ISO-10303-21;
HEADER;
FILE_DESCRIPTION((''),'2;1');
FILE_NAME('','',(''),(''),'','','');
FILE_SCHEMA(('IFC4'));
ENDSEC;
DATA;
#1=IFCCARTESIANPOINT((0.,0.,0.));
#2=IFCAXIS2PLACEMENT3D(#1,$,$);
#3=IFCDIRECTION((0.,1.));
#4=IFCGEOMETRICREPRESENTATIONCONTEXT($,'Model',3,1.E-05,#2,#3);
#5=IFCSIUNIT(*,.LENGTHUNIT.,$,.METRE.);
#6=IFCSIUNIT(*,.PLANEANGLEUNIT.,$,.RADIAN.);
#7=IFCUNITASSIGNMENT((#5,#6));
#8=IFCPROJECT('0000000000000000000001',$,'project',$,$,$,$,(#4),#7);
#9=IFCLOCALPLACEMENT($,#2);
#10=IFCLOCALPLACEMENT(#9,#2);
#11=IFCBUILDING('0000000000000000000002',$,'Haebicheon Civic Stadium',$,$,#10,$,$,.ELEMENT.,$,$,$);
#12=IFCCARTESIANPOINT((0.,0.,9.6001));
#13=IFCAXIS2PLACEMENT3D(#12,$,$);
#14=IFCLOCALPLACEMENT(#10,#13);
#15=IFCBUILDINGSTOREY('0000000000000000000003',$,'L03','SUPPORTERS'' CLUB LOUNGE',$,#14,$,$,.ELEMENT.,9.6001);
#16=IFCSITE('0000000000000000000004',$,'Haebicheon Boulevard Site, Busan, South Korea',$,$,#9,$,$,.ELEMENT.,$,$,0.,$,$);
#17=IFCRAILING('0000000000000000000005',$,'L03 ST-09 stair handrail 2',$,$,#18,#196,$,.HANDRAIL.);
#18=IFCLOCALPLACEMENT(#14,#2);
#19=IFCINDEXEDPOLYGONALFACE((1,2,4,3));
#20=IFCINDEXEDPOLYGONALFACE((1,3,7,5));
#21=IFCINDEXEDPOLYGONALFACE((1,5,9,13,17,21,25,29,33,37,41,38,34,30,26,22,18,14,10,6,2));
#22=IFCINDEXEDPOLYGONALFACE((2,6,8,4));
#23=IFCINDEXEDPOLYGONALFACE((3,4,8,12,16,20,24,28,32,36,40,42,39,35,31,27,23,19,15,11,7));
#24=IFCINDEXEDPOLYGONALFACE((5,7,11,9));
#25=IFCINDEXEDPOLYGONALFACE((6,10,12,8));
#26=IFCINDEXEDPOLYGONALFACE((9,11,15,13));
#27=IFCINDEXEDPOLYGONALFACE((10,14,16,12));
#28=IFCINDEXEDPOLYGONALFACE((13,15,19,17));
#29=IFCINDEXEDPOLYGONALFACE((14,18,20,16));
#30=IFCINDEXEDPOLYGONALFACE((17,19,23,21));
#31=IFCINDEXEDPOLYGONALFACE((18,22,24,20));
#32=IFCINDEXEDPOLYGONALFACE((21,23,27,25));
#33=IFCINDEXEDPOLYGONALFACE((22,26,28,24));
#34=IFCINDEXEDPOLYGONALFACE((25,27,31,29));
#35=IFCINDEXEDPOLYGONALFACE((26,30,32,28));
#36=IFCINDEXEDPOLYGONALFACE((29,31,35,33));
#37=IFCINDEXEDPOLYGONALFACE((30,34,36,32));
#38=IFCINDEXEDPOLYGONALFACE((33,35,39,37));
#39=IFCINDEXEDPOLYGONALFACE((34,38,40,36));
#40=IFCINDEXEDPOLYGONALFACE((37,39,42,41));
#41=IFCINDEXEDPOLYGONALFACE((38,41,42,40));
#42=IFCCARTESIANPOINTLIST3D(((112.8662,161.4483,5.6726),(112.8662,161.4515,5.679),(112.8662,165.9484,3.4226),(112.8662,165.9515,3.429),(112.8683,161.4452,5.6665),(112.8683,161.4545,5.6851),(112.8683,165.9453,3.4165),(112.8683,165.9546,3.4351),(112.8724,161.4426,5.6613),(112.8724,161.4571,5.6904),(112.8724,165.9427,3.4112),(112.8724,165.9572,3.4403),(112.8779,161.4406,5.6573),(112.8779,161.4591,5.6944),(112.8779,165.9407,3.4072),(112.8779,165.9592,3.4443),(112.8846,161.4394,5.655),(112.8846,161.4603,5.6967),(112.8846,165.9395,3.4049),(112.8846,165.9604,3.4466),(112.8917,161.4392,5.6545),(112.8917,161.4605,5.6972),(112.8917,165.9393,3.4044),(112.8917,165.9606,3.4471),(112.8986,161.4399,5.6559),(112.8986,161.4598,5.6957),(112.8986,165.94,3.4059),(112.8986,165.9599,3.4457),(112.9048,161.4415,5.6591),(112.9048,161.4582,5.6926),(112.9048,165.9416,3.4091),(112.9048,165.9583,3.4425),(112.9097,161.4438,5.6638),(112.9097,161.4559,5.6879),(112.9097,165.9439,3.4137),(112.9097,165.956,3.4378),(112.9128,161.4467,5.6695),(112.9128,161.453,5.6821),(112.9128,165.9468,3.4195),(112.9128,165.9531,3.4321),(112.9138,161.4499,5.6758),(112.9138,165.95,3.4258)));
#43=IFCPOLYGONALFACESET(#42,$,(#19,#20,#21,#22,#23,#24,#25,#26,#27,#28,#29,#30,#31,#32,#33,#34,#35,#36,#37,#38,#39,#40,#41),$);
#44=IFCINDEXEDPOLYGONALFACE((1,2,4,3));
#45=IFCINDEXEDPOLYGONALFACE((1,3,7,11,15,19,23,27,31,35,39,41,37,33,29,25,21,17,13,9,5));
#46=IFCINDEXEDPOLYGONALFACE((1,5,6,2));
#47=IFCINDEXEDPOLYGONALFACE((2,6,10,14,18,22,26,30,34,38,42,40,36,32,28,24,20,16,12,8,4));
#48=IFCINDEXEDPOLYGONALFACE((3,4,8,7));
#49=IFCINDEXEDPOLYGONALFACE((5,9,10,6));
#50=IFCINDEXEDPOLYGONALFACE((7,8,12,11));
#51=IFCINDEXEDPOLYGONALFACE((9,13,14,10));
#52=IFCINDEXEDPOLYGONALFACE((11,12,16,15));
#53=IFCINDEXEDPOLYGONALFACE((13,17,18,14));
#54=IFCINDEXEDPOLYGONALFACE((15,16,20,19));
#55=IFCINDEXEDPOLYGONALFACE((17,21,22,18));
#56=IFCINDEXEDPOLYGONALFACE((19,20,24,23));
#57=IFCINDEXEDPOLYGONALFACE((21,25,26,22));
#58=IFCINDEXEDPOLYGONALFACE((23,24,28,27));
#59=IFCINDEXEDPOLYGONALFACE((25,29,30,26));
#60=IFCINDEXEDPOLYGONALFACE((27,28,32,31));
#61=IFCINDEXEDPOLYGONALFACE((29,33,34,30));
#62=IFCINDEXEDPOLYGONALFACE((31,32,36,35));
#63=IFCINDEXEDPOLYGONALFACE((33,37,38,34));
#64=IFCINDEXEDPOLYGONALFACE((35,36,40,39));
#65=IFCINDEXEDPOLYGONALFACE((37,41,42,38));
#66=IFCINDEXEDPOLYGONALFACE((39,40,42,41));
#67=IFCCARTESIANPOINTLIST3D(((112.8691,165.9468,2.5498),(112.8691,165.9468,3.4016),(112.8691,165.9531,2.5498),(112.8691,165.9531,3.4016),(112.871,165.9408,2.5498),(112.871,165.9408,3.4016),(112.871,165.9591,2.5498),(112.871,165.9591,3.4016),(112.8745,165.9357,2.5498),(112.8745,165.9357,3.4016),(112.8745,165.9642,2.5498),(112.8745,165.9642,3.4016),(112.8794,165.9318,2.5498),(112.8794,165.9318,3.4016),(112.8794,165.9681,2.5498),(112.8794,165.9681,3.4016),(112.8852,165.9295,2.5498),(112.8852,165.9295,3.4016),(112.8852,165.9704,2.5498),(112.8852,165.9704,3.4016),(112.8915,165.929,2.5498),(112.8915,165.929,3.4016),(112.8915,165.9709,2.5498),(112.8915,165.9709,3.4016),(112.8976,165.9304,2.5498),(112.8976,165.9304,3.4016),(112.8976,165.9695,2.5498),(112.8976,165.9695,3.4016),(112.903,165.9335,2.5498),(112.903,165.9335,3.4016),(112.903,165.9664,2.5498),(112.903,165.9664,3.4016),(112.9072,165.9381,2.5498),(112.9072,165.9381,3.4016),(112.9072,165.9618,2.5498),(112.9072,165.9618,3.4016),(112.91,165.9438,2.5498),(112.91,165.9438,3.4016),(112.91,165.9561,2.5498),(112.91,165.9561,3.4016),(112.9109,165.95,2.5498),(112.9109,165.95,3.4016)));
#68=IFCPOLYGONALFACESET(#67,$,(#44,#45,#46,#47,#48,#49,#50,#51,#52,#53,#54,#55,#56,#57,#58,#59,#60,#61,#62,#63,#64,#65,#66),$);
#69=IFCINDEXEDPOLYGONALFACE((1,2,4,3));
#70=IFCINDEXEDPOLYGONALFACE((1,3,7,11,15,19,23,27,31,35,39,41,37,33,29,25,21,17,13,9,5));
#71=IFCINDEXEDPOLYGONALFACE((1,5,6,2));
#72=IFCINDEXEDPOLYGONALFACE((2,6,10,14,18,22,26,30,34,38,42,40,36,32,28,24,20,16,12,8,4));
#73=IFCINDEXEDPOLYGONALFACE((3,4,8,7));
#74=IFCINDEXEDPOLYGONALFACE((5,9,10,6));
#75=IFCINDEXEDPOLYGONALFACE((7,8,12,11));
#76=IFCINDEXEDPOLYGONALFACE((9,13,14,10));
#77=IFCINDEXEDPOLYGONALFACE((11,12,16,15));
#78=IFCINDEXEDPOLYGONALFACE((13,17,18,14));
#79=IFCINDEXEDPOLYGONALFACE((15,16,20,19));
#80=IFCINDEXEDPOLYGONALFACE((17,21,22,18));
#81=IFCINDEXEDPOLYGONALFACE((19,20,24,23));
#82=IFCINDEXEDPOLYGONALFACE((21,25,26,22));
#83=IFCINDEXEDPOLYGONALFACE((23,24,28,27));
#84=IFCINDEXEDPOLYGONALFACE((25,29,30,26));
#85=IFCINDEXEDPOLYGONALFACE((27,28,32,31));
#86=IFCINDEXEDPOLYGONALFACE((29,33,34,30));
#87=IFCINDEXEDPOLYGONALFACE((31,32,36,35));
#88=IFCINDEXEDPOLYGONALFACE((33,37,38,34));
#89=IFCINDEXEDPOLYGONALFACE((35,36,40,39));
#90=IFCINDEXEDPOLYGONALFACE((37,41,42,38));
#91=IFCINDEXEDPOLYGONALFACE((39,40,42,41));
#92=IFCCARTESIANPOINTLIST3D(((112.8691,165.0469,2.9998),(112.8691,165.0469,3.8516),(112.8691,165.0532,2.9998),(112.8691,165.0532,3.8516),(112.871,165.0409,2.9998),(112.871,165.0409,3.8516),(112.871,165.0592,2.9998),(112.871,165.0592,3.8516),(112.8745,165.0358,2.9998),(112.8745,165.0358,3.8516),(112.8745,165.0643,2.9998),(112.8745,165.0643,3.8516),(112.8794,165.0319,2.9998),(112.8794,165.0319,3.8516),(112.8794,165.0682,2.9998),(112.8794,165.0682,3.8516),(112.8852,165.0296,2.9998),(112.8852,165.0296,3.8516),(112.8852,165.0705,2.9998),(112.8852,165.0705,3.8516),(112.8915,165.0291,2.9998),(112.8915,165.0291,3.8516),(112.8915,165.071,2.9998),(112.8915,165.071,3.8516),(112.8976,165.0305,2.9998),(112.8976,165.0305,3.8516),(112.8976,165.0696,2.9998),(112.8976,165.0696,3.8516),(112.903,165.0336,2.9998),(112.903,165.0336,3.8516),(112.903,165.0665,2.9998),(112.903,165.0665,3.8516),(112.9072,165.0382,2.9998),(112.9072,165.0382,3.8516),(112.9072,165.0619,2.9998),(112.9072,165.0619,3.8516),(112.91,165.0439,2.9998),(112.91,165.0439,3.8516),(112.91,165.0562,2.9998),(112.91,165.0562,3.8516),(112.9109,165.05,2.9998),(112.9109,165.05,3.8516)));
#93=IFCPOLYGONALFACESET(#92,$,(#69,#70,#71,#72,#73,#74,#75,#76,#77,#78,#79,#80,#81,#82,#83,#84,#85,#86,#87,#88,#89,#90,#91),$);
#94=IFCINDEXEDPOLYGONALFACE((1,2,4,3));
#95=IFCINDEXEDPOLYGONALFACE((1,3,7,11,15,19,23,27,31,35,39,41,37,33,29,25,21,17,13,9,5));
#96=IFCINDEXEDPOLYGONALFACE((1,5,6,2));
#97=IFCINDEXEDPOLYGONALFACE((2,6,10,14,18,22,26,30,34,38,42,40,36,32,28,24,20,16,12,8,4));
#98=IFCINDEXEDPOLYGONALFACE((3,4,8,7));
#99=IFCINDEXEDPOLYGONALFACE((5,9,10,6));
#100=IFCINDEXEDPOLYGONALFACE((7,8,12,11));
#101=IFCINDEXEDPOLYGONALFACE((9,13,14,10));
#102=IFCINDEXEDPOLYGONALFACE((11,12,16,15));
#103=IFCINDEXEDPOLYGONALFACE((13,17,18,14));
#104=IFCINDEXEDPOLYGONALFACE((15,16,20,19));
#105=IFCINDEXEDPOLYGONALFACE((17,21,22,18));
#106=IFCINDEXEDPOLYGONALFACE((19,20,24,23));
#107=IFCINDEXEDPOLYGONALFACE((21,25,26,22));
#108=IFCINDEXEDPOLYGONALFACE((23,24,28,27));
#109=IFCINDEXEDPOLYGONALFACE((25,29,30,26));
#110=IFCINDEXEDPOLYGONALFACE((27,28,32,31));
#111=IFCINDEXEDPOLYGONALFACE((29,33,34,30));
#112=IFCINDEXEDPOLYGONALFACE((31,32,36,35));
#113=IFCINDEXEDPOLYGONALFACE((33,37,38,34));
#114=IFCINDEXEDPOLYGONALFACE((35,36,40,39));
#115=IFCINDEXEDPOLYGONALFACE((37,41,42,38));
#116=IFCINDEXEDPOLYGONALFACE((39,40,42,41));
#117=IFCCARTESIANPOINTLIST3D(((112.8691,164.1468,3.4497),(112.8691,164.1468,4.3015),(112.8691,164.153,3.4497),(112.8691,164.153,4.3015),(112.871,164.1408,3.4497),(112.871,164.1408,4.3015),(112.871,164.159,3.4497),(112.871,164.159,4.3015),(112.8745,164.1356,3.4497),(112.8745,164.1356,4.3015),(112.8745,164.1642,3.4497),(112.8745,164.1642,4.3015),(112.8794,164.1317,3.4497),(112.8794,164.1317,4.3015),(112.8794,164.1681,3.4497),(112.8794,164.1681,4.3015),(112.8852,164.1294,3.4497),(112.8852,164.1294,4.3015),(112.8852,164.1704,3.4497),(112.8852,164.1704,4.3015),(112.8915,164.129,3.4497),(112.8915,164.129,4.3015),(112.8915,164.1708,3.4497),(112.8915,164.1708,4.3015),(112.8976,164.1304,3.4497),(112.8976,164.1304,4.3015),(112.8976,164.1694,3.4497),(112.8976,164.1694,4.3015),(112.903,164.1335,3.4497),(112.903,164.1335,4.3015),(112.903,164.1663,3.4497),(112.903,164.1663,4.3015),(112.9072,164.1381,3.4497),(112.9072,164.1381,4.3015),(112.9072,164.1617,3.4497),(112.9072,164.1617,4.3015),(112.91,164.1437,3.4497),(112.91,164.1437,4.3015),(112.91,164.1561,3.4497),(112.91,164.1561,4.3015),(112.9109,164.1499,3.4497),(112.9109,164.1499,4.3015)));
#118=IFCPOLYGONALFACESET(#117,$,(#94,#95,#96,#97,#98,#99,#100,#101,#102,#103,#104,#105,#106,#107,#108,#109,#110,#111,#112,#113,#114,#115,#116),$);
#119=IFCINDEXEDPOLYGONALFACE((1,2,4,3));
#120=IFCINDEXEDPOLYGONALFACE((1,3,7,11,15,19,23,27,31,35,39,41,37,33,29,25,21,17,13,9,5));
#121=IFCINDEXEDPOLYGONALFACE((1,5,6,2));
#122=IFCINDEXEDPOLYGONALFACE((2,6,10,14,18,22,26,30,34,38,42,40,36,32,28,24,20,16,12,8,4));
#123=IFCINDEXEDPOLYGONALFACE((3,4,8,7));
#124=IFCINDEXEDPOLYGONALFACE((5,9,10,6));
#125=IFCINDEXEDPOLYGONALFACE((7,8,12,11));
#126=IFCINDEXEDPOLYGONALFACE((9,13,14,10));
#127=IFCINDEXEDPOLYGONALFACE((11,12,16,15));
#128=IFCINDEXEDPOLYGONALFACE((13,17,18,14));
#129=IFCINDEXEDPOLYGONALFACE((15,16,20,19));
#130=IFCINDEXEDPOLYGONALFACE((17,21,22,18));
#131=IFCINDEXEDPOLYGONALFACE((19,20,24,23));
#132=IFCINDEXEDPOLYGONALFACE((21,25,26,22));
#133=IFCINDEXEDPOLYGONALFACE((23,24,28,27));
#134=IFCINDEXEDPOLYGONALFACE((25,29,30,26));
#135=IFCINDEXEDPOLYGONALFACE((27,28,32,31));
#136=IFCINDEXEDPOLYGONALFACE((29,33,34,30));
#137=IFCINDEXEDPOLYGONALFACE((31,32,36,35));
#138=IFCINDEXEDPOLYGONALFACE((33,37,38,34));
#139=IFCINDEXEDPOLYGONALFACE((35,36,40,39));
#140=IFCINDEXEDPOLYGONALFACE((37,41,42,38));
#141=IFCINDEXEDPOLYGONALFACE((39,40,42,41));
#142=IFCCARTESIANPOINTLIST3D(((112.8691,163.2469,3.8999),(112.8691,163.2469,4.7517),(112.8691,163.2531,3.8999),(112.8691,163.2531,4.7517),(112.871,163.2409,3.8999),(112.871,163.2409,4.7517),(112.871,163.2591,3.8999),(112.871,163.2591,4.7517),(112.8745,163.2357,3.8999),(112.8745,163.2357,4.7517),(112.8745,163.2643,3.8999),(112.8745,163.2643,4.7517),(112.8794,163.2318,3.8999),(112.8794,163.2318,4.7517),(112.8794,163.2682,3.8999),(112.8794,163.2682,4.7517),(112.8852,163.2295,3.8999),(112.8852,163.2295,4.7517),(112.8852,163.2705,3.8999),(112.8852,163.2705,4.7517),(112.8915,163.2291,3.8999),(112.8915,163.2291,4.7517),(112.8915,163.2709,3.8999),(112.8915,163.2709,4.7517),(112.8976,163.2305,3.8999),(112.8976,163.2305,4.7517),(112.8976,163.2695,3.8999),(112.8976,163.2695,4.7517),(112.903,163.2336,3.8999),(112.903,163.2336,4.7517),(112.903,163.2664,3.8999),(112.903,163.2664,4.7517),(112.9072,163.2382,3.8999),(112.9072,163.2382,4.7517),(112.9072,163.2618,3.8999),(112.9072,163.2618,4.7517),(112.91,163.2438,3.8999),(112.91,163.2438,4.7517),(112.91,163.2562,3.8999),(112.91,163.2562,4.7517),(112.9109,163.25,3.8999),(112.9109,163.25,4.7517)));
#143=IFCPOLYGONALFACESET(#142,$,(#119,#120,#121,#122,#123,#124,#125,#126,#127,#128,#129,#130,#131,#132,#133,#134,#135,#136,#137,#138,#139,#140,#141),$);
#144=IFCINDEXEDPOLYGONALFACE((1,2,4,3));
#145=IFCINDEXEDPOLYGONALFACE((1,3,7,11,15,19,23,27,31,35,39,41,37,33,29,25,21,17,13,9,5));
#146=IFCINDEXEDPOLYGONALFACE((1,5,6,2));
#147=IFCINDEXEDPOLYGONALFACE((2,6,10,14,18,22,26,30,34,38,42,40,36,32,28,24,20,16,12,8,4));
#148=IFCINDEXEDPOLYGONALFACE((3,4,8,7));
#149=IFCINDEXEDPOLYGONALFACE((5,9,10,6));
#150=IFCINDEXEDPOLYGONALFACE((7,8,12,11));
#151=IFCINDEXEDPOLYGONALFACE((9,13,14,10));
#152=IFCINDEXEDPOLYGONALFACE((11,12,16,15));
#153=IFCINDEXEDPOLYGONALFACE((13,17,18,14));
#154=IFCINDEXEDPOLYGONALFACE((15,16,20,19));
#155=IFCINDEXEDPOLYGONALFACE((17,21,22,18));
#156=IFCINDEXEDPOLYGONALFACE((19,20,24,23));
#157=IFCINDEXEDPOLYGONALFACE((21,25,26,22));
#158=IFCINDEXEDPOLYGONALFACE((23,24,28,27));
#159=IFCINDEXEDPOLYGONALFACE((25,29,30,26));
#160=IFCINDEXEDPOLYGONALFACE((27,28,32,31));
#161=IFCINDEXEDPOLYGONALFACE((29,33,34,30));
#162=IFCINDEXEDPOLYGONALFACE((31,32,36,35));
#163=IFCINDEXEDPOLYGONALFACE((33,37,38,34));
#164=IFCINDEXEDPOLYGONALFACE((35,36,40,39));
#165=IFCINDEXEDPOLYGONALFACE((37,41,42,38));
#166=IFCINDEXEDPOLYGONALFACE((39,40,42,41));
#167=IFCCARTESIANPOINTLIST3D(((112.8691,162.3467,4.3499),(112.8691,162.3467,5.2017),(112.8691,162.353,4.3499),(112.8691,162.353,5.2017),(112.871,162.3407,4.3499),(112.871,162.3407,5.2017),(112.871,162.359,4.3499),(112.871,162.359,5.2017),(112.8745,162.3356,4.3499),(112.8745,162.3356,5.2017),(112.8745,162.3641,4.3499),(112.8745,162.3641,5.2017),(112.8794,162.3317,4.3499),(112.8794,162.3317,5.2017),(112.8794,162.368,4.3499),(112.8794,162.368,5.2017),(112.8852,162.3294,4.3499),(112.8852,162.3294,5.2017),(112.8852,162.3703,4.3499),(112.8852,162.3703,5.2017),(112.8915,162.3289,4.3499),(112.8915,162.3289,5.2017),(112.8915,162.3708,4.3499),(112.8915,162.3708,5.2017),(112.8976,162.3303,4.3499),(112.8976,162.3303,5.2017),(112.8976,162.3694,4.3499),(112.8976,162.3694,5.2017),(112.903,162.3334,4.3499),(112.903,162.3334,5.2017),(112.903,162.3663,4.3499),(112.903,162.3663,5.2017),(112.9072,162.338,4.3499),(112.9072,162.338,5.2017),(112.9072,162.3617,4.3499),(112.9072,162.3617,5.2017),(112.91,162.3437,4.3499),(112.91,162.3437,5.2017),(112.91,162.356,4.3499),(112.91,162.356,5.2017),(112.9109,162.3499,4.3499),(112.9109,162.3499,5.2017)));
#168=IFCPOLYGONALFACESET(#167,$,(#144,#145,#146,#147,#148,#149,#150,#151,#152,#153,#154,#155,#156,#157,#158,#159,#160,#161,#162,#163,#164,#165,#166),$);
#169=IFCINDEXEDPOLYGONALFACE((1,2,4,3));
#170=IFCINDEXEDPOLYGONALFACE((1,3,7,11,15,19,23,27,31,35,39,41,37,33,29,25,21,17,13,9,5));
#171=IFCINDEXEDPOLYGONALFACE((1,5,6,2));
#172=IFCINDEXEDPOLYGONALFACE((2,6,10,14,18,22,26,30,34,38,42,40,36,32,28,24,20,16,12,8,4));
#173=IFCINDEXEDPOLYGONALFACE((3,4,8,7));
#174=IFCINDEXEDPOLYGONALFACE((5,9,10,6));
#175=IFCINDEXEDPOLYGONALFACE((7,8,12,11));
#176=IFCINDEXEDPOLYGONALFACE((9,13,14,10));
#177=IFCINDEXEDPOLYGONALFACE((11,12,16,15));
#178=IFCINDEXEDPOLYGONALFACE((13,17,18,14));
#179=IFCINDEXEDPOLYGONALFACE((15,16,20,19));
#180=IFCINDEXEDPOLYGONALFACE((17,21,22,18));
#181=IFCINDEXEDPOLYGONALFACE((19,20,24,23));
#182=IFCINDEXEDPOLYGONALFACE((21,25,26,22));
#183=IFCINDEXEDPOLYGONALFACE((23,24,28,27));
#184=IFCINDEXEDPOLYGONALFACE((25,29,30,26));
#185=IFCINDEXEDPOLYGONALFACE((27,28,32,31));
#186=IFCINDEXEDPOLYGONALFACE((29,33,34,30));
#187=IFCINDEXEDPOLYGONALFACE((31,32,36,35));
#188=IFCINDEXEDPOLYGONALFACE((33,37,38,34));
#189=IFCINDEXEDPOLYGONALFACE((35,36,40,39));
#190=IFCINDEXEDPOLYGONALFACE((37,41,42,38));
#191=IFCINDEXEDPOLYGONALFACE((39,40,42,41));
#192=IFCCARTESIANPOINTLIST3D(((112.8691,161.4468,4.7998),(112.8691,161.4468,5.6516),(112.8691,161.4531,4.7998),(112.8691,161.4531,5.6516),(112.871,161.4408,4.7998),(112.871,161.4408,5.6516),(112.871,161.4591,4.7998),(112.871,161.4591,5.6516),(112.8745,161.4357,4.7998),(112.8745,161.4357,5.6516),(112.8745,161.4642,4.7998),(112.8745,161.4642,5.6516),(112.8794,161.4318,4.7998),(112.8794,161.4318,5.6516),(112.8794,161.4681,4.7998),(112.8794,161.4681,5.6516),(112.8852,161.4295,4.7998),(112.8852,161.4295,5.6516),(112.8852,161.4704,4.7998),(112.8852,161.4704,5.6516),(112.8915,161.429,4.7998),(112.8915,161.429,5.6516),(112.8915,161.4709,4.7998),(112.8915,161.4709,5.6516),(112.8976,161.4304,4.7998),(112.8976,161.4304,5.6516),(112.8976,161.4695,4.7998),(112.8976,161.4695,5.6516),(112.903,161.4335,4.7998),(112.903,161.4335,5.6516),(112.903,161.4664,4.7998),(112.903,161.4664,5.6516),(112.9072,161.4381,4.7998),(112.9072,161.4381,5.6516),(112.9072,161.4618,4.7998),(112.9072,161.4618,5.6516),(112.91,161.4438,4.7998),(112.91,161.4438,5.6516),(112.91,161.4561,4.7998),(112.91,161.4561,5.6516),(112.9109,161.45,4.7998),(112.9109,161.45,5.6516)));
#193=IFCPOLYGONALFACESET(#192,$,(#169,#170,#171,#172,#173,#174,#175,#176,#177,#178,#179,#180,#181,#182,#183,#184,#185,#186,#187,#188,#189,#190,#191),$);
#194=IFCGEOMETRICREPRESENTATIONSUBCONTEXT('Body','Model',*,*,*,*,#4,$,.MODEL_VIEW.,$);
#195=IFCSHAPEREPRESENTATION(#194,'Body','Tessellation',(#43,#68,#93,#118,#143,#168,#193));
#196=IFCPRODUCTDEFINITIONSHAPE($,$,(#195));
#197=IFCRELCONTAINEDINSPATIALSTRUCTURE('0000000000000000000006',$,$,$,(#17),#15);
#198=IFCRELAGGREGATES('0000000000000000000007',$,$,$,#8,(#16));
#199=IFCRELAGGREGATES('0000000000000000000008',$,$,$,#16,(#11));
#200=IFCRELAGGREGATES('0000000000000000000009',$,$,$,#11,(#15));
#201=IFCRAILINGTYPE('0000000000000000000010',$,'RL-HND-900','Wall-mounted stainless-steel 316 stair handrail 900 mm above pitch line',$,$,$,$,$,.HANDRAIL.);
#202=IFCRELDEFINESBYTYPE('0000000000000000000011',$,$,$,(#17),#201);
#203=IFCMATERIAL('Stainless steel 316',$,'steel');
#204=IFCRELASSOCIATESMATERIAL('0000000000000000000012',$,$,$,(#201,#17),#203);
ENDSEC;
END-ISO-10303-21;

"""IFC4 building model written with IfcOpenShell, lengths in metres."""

from ifc_helpers import new_model, si_unit, direction, frame, origin, origin_2d, place, context, subcontext, project, spatial, circle, extrude, material, type_object, element, save


model = new_model("IFC4")

# Units and contexts
model_context = context("Model", 3, precision=1e-05, world=origin(), true_north=direction((0.0, 1.0)))
body_context = subcontext(model_context, "Body", "Model", "MODEL_VIEW")
ifc_project = project(units=[si_unit("LENGTHUNIT", "METRE"), si_unit("PLANEANGLEUNIT", "RADIAN")], contexts=[model_context])

# Site, building, storey
site_placement = place(None, origin())
site = spatial("IfcSite", under=ifc_project, at=site_placement, Name="Haebicheon Boulevard Site, Busan, South Korea", CompositionType="ELEMENT", RefElevation=0.0)
building_placement = place(site_placement, origin())
building = spatial("IfcBuilding", under=site, at=building_placement, Name="Haebicheon Civic Stadium", CompositionType="ELEMENT")
storey_placement = place(building_placement, frame((0.0, 0.0, 9.6001)))
storey = spatial("IfcBuildingStorey", under=building, at=storey_placement, Name="L03", Description="SUPPORTERS' CLUB LOUNGE", CompositionType="ELEMENT", Elevation=9.6001)

# Railing
ifc_material_1 = material(Name="Stainless steel 316", Category="steel")
railing_type_1 = type_object("IfcRailingType", Name="RL-HND-900", Description="Wall-mounted stainless-steel 316 stair handrail 900 mm above pitch line", PredefinedType="HANDRAIL", material=ifc_material_1)
railing_1_placement = place(storey_placement, frame((112.8899, 165.95, 2.5498)))
element("IfcRailing", 1, at=railing_1_placement, inside=storey, type_object=railing_type_1, material=ifc_material_1, Name="L03 ST-09 stair handrail 2", PredefinedType="HANDRAIL", context=body_context, shape_type="SweptSolid", body=[
    extrude(circle(Radius=0.0239, at=origin_2d()), frame((0.0, 0.0, 0.876), z_axis=(0.0, -0.894427, 0.447214), x_axis=(1.0, 0.0, 0.0)), (0.0, 0.0, 1.0), 5.0312),
    extrude(circle(Radius=0.021, at=origin_2d()), origin(), (0.0, 0.0, 1.0), 0.8518),
    extrude(circle(Radius=0.021, at=origin_2d()), frame((0.0, -0.8999, 0.45)), (0.0, 0.0, 1.0), 0.8518),
    extrude(circle(Radius=0.021, at=origin_2d()), frame((0.0, -1.8, 0.8999)), (0.0, 0.0, 1.0), 0.8518),
    extrude(circle(Radius=0.021, at=origin_2d()), frame((0.0, -2.7, 1.3501)), (0.0, 0.0, 1.0), 0.8518),
    extrude(circle(Radius=0.021, at=origin_2d()), frame((0.0, -3.6001, 1.8)), (0.0, 0.0, 1.0), 0.8518),
    extrude(circle(Radius=0.021, at=origin_2d()), frame((0.0, -4.5, 2.25)), (0.0, 0.0, 1.0), 0.8518),
])

save(model, "model.ifc")
